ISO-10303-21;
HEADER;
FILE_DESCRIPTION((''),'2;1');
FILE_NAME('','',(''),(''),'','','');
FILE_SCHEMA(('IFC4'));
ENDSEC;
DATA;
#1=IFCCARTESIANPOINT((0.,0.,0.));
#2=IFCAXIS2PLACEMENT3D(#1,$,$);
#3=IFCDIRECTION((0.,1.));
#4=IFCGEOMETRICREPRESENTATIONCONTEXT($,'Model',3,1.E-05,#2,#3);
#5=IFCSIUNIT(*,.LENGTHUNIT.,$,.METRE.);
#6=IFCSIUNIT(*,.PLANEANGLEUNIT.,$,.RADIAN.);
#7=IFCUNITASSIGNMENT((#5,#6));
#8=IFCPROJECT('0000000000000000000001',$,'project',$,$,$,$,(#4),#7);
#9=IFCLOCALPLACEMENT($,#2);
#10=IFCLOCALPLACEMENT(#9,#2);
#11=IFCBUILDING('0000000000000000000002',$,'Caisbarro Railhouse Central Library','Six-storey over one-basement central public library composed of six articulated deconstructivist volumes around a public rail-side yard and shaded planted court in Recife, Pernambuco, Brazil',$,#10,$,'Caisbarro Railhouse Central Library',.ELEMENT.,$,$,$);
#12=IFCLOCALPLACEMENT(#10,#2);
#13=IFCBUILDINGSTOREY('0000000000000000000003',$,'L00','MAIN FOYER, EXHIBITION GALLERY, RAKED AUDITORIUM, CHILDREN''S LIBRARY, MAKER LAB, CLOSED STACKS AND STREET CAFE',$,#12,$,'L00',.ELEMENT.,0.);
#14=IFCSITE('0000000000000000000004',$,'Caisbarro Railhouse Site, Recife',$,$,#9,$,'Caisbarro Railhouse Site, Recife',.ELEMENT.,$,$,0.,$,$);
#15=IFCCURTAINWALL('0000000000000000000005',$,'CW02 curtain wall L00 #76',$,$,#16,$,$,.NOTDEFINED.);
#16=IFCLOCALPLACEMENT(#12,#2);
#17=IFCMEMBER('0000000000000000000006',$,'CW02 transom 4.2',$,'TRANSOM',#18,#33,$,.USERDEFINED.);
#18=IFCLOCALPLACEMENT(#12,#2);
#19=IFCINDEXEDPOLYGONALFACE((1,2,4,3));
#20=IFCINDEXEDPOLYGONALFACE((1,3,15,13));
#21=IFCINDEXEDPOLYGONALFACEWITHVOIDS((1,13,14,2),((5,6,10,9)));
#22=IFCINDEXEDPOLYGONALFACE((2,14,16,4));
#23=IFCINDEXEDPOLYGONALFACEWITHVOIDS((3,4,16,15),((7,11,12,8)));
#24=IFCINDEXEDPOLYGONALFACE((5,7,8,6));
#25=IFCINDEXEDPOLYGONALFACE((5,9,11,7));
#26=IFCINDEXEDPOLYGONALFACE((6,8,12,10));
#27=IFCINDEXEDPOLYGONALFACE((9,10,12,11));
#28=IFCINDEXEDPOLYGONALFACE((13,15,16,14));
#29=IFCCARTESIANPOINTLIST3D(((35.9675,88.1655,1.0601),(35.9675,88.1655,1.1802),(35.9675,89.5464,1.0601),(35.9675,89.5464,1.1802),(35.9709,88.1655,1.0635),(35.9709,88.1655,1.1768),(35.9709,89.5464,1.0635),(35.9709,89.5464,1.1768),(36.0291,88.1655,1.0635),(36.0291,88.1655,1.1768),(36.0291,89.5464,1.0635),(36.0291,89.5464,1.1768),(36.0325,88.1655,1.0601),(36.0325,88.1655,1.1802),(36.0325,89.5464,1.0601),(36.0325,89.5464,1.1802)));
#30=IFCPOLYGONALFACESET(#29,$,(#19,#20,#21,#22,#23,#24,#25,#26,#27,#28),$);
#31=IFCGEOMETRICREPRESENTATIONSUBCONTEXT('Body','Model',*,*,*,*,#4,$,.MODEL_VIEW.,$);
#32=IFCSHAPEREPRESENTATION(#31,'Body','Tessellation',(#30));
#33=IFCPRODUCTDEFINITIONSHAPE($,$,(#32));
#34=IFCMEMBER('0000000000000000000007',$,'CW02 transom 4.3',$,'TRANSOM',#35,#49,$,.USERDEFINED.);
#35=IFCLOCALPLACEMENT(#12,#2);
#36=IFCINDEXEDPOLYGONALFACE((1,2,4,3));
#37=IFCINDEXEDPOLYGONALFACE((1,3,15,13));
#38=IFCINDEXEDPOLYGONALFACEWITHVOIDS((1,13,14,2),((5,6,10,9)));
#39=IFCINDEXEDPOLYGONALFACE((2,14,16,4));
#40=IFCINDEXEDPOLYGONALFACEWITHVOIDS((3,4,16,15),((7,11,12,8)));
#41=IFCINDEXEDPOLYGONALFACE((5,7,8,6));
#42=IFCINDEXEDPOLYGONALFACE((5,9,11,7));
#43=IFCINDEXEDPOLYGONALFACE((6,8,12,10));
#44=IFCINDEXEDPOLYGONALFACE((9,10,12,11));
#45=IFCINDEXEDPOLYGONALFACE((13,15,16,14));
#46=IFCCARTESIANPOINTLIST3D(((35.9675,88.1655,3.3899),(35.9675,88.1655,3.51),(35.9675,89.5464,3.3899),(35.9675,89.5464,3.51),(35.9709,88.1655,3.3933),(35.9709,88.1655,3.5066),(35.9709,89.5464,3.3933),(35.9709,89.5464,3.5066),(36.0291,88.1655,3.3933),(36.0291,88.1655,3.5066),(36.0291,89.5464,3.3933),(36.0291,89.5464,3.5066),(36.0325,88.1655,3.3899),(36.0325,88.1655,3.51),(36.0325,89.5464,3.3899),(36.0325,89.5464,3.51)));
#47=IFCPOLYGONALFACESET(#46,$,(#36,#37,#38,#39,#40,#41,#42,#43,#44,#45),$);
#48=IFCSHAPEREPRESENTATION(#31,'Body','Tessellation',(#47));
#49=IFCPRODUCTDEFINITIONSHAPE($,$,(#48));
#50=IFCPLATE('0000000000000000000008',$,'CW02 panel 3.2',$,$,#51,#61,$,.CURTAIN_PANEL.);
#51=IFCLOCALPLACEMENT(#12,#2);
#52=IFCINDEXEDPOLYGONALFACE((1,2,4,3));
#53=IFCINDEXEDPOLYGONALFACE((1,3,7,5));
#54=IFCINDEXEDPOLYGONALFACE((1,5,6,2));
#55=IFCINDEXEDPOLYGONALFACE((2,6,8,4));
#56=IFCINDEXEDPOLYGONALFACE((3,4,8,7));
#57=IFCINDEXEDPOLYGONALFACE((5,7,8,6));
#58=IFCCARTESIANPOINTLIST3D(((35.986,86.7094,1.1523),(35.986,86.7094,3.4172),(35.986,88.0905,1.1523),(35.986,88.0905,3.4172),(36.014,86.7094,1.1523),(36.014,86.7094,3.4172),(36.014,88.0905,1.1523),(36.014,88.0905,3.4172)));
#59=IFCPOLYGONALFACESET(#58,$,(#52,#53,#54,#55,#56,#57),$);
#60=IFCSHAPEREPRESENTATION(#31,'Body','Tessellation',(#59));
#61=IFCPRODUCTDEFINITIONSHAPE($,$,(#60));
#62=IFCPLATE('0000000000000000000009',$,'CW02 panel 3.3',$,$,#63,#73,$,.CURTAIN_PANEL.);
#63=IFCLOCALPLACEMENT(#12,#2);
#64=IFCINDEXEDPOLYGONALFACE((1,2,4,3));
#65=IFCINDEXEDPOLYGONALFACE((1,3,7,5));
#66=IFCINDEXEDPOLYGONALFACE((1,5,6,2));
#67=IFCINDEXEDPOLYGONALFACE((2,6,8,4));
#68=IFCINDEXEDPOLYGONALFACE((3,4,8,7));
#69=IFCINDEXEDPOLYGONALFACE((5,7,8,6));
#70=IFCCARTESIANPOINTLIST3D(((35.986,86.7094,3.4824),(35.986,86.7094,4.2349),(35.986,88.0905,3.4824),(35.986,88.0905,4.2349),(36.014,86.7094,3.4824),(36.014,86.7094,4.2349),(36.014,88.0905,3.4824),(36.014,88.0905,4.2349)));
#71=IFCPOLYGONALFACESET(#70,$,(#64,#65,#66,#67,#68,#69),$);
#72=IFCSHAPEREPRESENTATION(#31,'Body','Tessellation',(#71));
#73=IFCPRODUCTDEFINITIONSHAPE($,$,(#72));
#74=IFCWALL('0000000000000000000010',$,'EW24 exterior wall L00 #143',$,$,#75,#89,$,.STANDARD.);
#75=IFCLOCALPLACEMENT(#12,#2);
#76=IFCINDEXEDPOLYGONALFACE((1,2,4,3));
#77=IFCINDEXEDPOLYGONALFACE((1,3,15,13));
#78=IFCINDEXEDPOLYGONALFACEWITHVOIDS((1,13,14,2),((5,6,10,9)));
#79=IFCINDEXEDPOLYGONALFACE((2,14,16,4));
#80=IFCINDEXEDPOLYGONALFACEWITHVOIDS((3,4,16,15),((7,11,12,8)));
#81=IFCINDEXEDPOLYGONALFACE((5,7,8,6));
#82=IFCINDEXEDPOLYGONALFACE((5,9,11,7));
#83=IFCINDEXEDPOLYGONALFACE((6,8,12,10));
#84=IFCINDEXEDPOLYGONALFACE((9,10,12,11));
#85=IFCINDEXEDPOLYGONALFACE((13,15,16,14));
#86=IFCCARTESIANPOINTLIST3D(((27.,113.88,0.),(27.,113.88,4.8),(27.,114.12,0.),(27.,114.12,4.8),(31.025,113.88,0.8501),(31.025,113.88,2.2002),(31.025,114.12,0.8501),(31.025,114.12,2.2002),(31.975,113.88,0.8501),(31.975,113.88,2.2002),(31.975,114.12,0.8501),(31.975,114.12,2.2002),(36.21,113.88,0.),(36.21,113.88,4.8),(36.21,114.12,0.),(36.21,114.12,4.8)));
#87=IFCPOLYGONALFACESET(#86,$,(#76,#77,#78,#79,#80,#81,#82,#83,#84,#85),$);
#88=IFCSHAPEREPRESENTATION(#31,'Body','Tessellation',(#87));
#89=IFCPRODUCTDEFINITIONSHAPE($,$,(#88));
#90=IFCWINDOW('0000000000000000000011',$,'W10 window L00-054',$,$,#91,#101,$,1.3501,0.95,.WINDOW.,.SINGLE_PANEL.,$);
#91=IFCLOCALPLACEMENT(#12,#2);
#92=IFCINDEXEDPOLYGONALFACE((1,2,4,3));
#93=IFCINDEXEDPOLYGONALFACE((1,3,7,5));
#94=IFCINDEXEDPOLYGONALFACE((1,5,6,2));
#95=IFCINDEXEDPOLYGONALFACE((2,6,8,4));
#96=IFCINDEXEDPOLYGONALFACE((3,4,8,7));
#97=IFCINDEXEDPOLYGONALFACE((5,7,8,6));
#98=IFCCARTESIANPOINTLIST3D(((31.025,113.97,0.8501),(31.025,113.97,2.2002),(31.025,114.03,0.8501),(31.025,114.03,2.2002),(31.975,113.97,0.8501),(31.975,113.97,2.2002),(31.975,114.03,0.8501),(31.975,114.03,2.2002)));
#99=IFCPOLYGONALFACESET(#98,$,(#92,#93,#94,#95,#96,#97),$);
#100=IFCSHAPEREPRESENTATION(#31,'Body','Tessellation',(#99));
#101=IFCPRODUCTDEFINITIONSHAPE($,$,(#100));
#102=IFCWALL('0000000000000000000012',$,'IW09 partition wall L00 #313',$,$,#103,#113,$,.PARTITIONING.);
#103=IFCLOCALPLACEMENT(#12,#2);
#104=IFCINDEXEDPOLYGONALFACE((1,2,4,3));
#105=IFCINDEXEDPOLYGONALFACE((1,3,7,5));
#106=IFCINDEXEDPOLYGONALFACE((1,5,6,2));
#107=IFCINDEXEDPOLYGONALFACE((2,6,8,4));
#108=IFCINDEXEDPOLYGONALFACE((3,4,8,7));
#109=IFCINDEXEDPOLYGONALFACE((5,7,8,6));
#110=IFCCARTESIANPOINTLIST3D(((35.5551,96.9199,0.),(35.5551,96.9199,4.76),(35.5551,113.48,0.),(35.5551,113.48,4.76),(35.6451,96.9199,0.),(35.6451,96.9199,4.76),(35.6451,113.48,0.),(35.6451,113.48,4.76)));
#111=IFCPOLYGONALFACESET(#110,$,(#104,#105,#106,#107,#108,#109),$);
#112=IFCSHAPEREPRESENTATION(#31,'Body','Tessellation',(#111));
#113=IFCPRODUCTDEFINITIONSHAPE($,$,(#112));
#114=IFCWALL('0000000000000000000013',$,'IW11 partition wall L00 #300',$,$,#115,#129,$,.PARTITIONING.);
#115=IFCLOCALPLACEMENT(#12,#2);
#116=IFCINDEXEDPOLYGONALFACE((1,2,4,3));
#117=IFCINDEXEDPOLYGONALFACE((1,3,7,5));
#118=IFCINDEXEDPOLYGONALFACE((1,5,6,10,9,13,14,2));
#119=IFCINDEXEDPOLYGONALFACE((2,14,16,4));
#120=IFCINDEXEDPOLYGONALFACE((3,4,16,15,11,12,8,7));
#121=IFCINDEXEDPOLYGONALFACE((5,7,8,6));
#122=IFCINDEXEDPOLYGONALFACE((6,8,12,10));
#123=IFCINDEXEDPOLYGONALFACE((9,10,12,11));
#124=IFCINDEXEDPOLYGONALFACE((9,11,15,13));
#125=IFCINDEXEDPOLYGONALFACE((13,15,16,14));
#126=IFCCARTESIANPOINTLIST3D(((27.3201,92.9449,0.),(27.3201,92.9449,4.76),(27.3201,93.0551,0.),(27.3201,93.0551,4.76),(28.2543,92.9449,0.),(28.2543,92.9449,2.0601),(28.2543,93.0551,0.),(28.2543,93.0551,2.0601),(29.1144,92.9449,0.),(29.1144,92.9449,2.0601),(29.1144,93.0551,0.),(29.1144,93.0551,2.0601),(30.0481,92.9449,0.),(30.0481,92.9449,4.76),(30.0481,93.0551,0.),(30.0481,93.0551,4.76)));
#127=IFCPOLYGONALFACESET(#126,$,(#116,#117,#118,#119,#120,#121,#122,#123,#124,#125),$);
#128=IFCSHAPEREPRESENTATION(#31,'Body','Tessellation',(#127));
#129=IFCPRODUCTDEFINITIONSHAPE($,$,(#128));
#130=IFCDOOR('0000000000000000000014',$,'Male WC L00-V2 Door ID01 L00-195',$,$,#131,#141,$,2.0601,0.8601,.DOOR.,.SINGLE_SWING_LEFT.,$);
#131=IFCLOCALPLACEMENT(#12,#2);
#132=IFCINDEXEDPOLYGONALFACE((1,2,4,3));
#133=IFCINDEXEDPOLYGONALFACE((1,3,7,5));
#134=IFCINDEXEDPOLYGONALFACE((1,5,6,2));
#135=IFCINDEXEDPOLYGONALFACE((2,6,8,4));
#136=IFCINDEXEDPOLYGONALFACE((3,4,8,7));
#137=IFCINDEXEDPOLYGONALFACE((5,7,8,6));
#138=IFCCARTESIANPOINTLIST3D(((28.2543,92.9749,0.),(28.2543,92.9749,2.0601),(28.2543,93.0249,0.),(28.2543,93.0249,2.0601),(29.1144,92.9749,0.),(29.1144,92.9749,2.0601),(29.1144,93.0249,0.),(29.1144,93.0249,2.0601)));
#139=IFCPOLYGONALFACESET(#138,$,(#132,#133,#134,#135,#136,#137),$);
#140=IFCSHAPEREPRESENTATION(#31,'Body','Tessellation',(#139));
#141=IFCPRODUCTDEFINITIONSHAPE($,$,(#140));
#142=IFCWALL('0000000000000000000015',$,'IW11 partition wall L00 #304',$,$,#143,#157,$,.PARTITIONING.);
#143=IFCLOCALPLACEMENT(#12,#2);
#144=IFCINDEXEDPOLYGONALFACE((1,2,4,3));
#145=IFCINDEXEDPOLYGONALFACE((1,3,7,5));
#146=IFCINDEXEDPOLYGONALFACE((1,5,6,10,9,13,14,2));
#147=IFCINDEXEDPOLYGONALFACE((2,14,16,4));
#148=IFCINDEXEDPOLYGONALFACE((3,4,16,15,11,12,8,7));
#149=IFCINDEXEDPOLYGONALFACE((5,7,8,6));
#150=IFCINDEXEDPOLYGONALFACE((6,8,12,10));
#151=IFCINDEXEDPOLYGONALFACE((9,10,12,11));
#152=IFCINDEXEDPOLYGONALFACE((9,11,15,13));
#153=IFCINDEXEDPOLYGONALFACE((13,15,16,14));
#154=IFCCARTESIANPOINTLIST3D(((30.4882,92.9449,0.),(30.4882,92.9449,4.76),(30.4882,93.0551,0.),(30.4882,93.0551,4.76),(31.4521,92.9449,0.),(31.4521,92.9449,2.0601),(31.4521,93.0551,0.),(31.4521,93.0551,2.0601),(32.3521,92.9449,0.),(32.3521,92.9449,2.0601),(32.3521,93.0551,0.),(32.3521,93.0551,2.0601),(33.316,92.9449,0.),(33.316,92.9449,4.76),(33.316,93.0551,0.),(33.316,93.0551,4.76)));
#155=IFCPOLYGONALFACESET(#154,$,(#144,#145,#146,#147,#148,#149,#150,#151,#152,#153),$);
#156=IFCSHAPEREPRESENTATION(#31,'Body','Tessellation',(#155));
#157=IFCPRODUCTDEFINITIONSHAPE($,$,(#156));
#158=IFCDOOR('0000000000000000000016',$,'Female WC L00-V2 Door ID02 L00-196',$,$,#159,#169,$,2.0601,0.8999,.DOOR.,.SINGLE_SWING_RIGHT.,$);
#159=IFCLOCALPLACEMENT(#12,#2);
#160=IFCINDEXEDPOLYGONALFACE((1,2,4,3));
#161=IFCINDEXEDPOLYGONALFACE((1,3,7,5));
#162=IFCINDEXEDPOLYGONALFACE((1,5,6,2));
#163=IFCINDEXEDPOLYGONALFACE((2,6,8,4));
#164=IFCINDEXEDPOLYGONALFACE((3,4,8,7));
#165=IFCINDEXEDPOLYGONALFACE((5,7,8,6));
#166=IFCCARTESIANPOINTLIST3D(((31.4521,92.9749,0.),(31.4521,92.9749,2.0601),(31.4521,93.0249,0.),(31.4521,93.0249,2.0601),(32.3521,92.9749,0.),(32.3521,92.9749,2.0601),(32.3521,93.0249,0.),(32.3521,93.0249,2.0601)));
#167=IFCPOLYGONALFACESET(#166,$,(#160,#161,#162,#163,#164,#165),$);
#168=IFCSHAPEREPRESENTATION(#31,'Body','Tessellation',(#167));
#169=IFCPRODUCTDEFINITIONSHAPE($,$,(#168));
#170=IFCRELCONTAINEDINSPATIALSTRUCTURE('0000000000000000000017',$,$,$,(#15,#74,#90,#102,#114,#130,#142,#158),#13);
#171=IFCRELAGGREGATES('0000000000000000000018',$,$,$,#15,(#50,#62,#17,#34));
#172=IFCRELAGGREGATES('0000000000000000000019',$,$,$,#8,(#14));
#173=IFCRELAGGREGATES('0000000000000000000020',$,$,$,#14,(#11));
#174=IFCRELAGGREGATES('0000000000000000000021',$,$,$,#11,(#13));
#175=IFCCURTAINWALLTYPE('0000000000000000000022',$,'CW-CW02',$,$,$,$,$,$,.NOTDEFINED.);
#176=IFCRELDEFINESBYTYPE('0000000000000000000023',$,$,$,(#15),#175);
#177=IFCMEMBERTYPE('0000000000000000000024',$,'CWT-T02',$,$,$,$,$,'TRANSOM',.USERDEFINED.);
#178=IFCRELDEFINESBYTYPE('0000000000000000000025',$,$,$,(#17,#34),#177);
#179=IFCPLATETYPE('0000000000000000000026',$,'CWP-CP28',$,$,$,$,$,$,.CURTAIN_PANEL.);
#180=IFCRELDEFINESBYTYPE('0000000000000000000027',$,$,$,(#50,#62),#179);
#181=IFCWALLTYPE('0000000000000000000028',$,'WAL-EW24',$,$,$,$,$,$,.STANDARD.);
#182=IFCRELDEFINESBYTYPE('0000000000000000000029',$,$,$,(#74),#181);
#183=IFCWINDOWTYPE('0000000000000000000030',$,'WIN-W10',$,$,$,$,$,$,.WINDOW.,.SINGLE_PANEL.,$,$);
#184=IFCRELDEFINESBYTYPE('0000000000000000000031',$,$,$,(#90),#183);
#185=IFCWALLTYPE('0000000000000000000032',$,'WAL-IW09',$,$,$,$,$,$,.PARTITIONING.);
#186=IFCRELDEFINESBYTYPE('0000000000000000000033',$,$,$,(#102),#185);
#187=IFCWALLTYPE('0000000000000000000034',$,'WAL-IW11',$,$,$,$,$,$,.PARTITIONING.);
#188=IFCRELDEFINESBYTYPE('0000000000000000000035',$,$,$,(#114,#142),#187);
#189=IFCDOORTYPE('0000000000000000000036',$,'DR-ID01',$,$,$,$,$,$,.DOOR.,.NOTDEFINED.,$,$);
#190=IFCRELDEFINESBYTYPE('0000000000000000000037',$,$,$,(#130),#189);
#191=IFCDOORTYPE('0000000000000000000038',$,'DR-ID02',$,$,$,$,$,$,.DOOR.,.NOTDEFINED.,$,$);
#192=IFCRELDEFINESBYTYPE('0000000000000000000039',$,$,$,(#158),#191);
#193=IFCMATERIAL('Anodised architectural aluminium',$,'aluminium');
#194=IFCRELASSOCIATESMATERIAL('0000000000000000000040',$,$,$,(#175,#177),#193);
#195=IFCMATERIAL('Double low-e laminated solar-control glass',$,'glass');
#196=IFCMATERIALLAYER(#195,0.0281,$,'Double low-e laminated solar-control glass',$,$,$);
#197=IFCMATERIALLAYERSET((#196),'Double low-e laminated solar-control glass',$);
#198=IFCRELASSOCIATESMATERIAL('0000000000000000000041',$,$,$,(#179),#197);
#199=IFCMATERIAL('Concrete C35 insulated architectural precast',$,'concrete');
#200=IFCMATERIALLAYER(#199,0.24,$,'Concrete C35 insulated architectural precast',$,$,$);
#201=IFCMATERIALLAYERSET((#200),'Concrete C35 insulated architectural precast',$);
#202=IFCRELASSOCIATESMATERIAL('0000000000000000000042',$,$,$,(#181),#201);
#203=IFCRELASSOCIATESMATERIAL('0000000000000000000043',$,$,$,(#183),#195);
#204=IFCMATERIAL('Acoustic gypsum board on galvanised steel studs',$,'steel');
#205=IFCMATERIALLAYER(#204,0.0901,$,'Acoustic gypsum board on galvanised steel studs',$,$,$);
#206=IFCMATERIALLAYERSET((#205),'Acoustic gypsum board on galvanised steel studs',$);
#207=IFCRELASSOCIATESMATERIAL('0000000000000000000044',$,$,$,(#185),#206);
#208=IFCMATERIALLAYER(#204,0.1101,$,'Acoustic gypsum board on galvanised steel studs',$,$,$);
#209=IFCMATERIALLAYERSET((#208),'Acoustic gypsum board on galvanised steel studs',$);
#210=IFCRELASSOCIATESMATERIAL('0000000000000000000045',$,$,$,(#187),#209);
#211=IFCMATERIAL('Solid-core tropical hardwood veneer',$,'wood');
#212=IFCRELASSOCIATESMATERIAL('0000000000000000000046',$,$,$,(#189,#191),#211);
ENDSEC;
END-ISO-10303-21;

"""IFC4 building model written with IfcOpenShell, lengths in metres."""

from ifc_helpers import new_model, si_unit, direction, frame, frame_2d, origin, origin_2d, place, context, subcontext, project, spatial, rectangle, hollow_rectangle, extrude, material, layer, layer_set, material_profile, profile_set, type_object, element, fill, aggregate, save


model = new_model("IFC4")

# Units and contexts
model_context = context("Model", 3, precision=1e-05, world=origin(), true_north=direction((0.0, 1.0)))
body_context = subcontext(model_context, "Body", "Model", "MODEL_VIEW")
ifc_project = project(units=[si_unit("LENGTHUNIT", "METRE"), si_unit("PLANEANGLEUNIT", "RADIAN")], contexts=[model_context])

# Site, building, storey
site_placement = place(None, origin())
site = spatial("IfcSite", under=ifc_project, at=site_placement, Name="Caisbarro Railhouse Site, Recife", LongName="Caisbarro Railhouse Site, Recife", CompositionType="ELEMENT", RefElevation=0.0)
building_placement = place(site_placement, origin())
building = spatial("IfcBuilding", under=site, at=building_placement, Name="Caisbarro Railhouse Central Library", Description="Six-storey over one-basement central public library composed of six articulated deconstructivist volumes around a public rail-side yard and shaded planted court in Recife, Pernambuco, Brazil", LongName="Caisbarro Railhouse Central Library", CompositionType="ELEMENT")
storey_placement = place(building_placement, origin())
storey = spatial("IfcBuildingStorey", under=building, at=storey_placement, Name="L00", Description="MAIN FOYER, EXHIBITION GALLERY, RAKED AUDITORIUM, CHILDREN'S LIBRARY, MAKER LAB, CLOSED STACKS AND STREET CAFE", LongName="L00", CompositionType="ELEMENT", Elevation=0.0)

# Curtain wall, members, plates
ifc_material_1 = material(Name="Anodised architectural aluminium", Category="aluminium")
curtain_wall_type = type_object("IfcCurtainWallType", Name="CW-CW02", PredefinedType="NOTDEFINED", material=ifc_material_1)
curtain_wall_placement = place(storey_placement, origin())
curtain_wall = element("IfcCurtainWall", 1, at=curtain_wall_placement, inside=storey, type_object=curtain_wall_type, Name="CW02 curtain wall L00 #76", PredefinedType="NOTDEFINED")
ifc_material_profile_1 = material_profile(ifc_material_1, hollow_rectangle(XDim=0.0649, YDim=0.1201, WallThickness=0.0034, at=origin_2d()), Name="ALU-TRN-65X120")
ifc_profile_set_1 = profile_set([ifc_material_profile_1], Name="Anodised architectural aluminium")
member_type_1 = type_object("IfcMemberType", Name="CWT-T02", ElementType="TRANSOM", PredefinedType="USERDEFINED", material=ifc_profile_set_1)
member_1_placement = place(storey_placement, frame((36.0, 88.1655, 1.1201), z_axis=(0.0, 1.0, 0.0), x_axis=(-1.0, 0.0, 0.0)))
member_1 = element("IfcMember", 2, at=member_1_placement, type_object=member_type_1, Name="CW02 transom 4.2", ObjectType="TRANSOM", PredefinedType="USERDEFINED", context=body_context, shape_type="SweptSolid", body=[
    extrude(hollow_rectangle(XDim=0.0649, YDim=0.1201, WallThickness=0.0034, at=origin_2d()), origin(), (0.0, 0.0, 1.0), 1.3809),
])
member_2_placement = place(storey_placement, frame((36.0, 88.1655, 3.45), z_axis=(0.0, 1.0, 0.0), x_axis=(-1.0, 0.0, 0.0)))
member_2 = element("IfcMember", 3, at=member_2_placement, type_object=member_type_1, Name="CW02 transom 4.3", ObjectType="TRANSOM", PredefinedType="USERDEFINED", context=body_context, shape_type="SweptSolid", body=[
    extrude(hollow_rectangle(XDim=0.0649, YDim=0.1201, WallThickness=0.0034, at=origin_2d()), origin(), (0.0, 0.0, 1.0), 1.3809),
])
ifc_material_2 = material(Name="Double low-e laminated solar-control glass", Category="glass")
ifc_layer_1 = layer(ifc_material_2, 0.0281, Name="Double low-e laminated solar-control glass")
ifc_layer_set_1 = layer_set([ifc_layer_1], Name="Double low-e laminated solar-control glass")
plate_type = type_object("IfcPlateType", Name="CWP-CP28", PredefinedType="CURTAIN_PANEL", material=ifc_layer_set_1)
plate_1_placement = place(storey_placement, frame((36.0, 87.3999, 1.1523), z_axis=(0.0, 0.0, 1.0), x_axis=(0.0, 1.0, 0.0)))
plate_1 = element("IfcPlate", 4, at=plate_1_placement, type_object=plate_type, Name="CW02 panel 3.2", PredefinedType="CURTAIN_PANEL", context=body_context, shape_type="SweptSolid", body=[
    extrude(rectangle(XDim=1.3811, YDim=0.0281, at=origin_2d()), origin(), (0.0, 0.0, 1.0), 2.2649),
])
plate_2_placement = place(storey_placement, frame((36.0, 87.3999, 3.4824), z_axis=(0.0, 0.0, 1.0), x_axis=(0.0, 1.0, 0.0)))
plate_2 = element("IfcPlate", 5, at=plate_2_placement, type_object=plate_type, Name="CW02 panel 3.3", PredefinedType="CURTAIN_PANEL", context=body_context, shape_type="SweptSolid", body=[
    extrude(rectangle(XDim=1.3811, YDim=0.0281, at=origin_2d()), origin(), (0.0, 0.0, 1.0), 0.7524),
])
aggregate(curtain_wall, [plate_1, plate_2, member_1, member_2])

# Wall, opening, window
ifc_material_3 = material(Name="Concrete C35 insulated architectural precast", Category="concrete")
ifc_layer_2 = layer(ifc_material_3, 0.24, Name="Concrete C35 insulated architectural precast")
ifc_layer_set_2 = layer_set([ifc_layer_2], Name="Concrete C35 insulated architectural precast")
wall_type_1 = type_object("IfcWallType", Name="WAL-EW24", PredefinedType="STANDARD", material=ifc_layer_set_2)
wall_1_placement = place(storey_placement, frame((27.0, 114.0, 0.0), z_axis=(0.0, 0.0, 1.0), x_axis=(1.0, 0.0, 0.0)))
wall_1 = element("IfcWall", 6, at=wall_1_placement, inside=storey, type_object=wall_type_1, Name="EW24 exterior wall L00 #143", PredefinedType="STANDARD", context=body_context, shape_type="SweptSolid", body=[
    extrude(rectangle(XDim=9.21, YDim=0.24, at=frame_2d((4.605, 0.0))), origin(), (0.0, 0.0, 1.0), 4.8),
])
opening_1_placement = place(wall_1_placement, frame((4.0249, 0.0, 0.8501)))
opening_1 = element("IfcOpeningElement", 7, at=opening_1_placement, cuts=wall_1, PredefinedType="OPENING", context=body_context, shape_type="SweptSolid", body=[
    extrude(rectangle(XDim=0.95, YDim=1.3501, at=frame_2d((0.4751, 0.675))), frame((0.0, 0.1299, 0.0), z_axis=(0.0, -1.0, 0.0), x_axis=(1.0, 0.0, 0.0)), (0.0, 0.0, 1.0), 0.26),
])
window_type = type_object("IfcWindowType", Name="WIN-W10", PartitioningType="SINGLE_PANEL", PredefinedType="WINDOW", material=ifc_material_2)
window_placement = place(opening_1_placement, origin())
window = element("IfcWindow", 8, at=window_placement, inside=storey, type_object=window_type, Name="W10 window L00-054", OverallHeight=1.3501, OverallWidth=0.95, PartitioningType="SINGLE_PANEL", PredefinedType="WINDOW", context=body_context, shape_type="SweptSolid", body=[
    extrude(rectangle(XDim=0.95, YDim=1.3501, at=frame_2d((0.4751, 0.675))), frame((0.0, 0.03, 0.0), z_axis=(0.0, -1.0, 0.0), x_axis=(1.0, 0.0, 0.0)), (0.0, 0.0, 1.0), 0.0601),
])
fill(opening_1, window)

# Wall
ifc_material_4 = material(Name="Acoustic gypsum board on galvanised steel studs", Category="steel")
ifc_layer_3 = layer(ifc_material_4, 0.0901, Name="Acoustic gypsum board on galvanised steel studs")
ifc_layer_set_3 = layer_set([ifc_layer_3], Name="Acoustic gypsum board on galvanised steel studs")
wall_type_2 = type_object("IfcWallType", Name="WAL-IW09", PredefinedType="PARTITIONING", material=ifc_layer_set_3)
wall_2_placement = place(storey_placement, frame((35.6001, 96.9199, 0.0), z_axis=(0.0, 0.0, 1.0), x_axis=(0.0, 1.0, 0.0)))
element("IfcWall", 9, at=wall_2_placement, inside=storey, type_object=wall_type_2, Name="IW09 partition wall L00 #313", PredefinedType="PARTITIONING", context=body_context, shape_type="SweptSolid", body=[
    extrude(rectangle(XDim=16.5601, YDim=0.0901, at=frame_2d((8.28, 0.0))), origin(), (0.0, 0.0, 1.0), 4.76),
])

# Walls, openings, doors
ifc_layer_4 = layer(ifc_material_4, 0.1101, Name="Acoustic gypsum board on galvanised steel studs")
ifc_layer_set_4 = layer_set([ifc_layer_4], Name="Acoustic gypsum board on galvanised steel studs")
wall_type_3 = type_object("IfcWallType", Name="WAL-IW11", PredefinedType="PARTITIONING", material=ifc_layer_set_4)
wall_3_placement = place(storey_placement, frame((27.3201, 93.0, 0.0), z_axis=(0.0, 0.0, 1.0), x_axis=(1.0, 0.0, 0.0)))
wall_3 = element("IfcWall", 10, at=wall_3_placement, inside=storey, type_object=wall_type_3, Name="IW11 partition wall L00 #300", PredefinedType="PARTITIONING", context=body_context, shape_type="SweptSolid", body=[
    extrude(rectangle(XDim=2.728, YDim=0.1101, at=frame_2d((1.364, 0.0))), origin(), (0.0, 0.0, 1.0), 4.76),
])
opening_2_placement = place(wall_3_placement, frame((0.9341, 0.0, 0.0)))
opening_2 = element("IfcOpeningElement", 11, at=opening_2_placement, cuts=wall_3, PredefinedType="OPENING", context=body_context, shape_type="SweptSolid", body=[
    extrude(rectangle(XDim=0.8601, YDim=2.0601, at=frame_2d((0.4302, 1.03))), frame((0.0, 0.0649, 0.0), z_axis=(0.0, -1.0, 0.0), x_axis=(1.0, 0.0, 0.0)), (0.0, 0.0, 1.0), 0.1301),
])
ifc_material_5 = material(Name="Solid-core tropical hardwood veneer", Category="wood")
door_type_1 = type_object("IfcDoorType", Name="DR-ID01", OperationType="NOTDEFINED", PredefinedType="DOOR", material=ifc_material_5)
door_1_placement = place(opening_2_placement, origin())
door_1 = element("IfcDoor", 12, at=door_1_placement, inside=storey, type_object=door_type_1, Name="Male WC L00-V2 Door ID01 L00-195", OperationType="SINGLE_SWING_LEFT", OverallHeight=2.0601, OverallWidth=0.8601, PredefinedType="DOOR", context=body_context, shape_type="SweptSolid", body=[
    extrude(rectangle(XDim=0.8601, YDim=2.0601, at=frame_2d((0.4302, 1.03))), frame((0.0, 0.0249, 0.0), z_axis=(0.0, -1.0, 0.0), x_axis=(1.0, 0.0, 0.0)), (0.0, 0.0, 1.0), 0.05),
])
fill(opening_2, door_1)
wall_4_placement = place(storey_placement, frame((30.488, 93.0, 0.0), z_axis=(0.0, 0.0, 1.0), x_axis=(1.0, 0.0, 0.0)))
wall_4 = element("IfcWall", 13, at=wall_4_placement, inside=storey, type_object=wall_type_3, Name="IW11 partition wall L00 #304", PredefinedType="PARTITIONING", context=body_context, shape_type="SweptSolid", body=[
    extrude(rectangle(XDim=2.8279, YDim=0.1101, at=frame_2d((1.4141, 0.0))), origin(), (0.0, 0.0, 1.0), 4.76),
])
opening_3_placement = place(wall_4_placement, frame((0.9641, 0.0, 0.0)))
opening_3 = element("IfcOpeningElement", 14, at=opening_3_placement, cuts=wall_4, PredefinedType="OPENING", context=body_context, shape_type="SweptSolid", body=[
    extrude(rectangle(XDim=0.8999, YDim=2.0601, at=frame_2d((0.45, 1.03))), frame((0.0, 0.0649, 0.0), z_axis=(0.0, -1.0, 0.0), x_axis=(1.0, 0.0, 0.0)), (0.0, 0.0, 1.0), 0.1301),
])
door_type_2 = type_object("IfcDoorType", Name="DR-ID02", OperationType="NOTDEFINED", PredefinedType="DOOR", material=ifc_material_5)
door_2_placement = place(opening_3_placement, origin())
door_2 = element("IfcDoor", 15, at=door_2_placement, inside=storey, type_object=door_type_2, Name="Female WC L00-V2 Door ID02 L00-196", OperationType="SINGLE_SWING_RIGHT", OverallHeight=2.0601, OverallWidth=0.8999, PredefinedType="DOOR", context=body_context, shape_type="SweptSolid", body=[
    extrude(rectangle(XDim=0.8999, YDim=2.0601, at=frame_2d((0.45, 1.03))), frame((0.0, 0.0249, 0.0), z_axis=(0.0, -1.0, 0.0), x_axis=(1.0, 0.0, 0.0)), (0.0, 0.0, 1.0), 0.05),
])
fill(opening_3, door_2)

save(model, "model.ifc")
